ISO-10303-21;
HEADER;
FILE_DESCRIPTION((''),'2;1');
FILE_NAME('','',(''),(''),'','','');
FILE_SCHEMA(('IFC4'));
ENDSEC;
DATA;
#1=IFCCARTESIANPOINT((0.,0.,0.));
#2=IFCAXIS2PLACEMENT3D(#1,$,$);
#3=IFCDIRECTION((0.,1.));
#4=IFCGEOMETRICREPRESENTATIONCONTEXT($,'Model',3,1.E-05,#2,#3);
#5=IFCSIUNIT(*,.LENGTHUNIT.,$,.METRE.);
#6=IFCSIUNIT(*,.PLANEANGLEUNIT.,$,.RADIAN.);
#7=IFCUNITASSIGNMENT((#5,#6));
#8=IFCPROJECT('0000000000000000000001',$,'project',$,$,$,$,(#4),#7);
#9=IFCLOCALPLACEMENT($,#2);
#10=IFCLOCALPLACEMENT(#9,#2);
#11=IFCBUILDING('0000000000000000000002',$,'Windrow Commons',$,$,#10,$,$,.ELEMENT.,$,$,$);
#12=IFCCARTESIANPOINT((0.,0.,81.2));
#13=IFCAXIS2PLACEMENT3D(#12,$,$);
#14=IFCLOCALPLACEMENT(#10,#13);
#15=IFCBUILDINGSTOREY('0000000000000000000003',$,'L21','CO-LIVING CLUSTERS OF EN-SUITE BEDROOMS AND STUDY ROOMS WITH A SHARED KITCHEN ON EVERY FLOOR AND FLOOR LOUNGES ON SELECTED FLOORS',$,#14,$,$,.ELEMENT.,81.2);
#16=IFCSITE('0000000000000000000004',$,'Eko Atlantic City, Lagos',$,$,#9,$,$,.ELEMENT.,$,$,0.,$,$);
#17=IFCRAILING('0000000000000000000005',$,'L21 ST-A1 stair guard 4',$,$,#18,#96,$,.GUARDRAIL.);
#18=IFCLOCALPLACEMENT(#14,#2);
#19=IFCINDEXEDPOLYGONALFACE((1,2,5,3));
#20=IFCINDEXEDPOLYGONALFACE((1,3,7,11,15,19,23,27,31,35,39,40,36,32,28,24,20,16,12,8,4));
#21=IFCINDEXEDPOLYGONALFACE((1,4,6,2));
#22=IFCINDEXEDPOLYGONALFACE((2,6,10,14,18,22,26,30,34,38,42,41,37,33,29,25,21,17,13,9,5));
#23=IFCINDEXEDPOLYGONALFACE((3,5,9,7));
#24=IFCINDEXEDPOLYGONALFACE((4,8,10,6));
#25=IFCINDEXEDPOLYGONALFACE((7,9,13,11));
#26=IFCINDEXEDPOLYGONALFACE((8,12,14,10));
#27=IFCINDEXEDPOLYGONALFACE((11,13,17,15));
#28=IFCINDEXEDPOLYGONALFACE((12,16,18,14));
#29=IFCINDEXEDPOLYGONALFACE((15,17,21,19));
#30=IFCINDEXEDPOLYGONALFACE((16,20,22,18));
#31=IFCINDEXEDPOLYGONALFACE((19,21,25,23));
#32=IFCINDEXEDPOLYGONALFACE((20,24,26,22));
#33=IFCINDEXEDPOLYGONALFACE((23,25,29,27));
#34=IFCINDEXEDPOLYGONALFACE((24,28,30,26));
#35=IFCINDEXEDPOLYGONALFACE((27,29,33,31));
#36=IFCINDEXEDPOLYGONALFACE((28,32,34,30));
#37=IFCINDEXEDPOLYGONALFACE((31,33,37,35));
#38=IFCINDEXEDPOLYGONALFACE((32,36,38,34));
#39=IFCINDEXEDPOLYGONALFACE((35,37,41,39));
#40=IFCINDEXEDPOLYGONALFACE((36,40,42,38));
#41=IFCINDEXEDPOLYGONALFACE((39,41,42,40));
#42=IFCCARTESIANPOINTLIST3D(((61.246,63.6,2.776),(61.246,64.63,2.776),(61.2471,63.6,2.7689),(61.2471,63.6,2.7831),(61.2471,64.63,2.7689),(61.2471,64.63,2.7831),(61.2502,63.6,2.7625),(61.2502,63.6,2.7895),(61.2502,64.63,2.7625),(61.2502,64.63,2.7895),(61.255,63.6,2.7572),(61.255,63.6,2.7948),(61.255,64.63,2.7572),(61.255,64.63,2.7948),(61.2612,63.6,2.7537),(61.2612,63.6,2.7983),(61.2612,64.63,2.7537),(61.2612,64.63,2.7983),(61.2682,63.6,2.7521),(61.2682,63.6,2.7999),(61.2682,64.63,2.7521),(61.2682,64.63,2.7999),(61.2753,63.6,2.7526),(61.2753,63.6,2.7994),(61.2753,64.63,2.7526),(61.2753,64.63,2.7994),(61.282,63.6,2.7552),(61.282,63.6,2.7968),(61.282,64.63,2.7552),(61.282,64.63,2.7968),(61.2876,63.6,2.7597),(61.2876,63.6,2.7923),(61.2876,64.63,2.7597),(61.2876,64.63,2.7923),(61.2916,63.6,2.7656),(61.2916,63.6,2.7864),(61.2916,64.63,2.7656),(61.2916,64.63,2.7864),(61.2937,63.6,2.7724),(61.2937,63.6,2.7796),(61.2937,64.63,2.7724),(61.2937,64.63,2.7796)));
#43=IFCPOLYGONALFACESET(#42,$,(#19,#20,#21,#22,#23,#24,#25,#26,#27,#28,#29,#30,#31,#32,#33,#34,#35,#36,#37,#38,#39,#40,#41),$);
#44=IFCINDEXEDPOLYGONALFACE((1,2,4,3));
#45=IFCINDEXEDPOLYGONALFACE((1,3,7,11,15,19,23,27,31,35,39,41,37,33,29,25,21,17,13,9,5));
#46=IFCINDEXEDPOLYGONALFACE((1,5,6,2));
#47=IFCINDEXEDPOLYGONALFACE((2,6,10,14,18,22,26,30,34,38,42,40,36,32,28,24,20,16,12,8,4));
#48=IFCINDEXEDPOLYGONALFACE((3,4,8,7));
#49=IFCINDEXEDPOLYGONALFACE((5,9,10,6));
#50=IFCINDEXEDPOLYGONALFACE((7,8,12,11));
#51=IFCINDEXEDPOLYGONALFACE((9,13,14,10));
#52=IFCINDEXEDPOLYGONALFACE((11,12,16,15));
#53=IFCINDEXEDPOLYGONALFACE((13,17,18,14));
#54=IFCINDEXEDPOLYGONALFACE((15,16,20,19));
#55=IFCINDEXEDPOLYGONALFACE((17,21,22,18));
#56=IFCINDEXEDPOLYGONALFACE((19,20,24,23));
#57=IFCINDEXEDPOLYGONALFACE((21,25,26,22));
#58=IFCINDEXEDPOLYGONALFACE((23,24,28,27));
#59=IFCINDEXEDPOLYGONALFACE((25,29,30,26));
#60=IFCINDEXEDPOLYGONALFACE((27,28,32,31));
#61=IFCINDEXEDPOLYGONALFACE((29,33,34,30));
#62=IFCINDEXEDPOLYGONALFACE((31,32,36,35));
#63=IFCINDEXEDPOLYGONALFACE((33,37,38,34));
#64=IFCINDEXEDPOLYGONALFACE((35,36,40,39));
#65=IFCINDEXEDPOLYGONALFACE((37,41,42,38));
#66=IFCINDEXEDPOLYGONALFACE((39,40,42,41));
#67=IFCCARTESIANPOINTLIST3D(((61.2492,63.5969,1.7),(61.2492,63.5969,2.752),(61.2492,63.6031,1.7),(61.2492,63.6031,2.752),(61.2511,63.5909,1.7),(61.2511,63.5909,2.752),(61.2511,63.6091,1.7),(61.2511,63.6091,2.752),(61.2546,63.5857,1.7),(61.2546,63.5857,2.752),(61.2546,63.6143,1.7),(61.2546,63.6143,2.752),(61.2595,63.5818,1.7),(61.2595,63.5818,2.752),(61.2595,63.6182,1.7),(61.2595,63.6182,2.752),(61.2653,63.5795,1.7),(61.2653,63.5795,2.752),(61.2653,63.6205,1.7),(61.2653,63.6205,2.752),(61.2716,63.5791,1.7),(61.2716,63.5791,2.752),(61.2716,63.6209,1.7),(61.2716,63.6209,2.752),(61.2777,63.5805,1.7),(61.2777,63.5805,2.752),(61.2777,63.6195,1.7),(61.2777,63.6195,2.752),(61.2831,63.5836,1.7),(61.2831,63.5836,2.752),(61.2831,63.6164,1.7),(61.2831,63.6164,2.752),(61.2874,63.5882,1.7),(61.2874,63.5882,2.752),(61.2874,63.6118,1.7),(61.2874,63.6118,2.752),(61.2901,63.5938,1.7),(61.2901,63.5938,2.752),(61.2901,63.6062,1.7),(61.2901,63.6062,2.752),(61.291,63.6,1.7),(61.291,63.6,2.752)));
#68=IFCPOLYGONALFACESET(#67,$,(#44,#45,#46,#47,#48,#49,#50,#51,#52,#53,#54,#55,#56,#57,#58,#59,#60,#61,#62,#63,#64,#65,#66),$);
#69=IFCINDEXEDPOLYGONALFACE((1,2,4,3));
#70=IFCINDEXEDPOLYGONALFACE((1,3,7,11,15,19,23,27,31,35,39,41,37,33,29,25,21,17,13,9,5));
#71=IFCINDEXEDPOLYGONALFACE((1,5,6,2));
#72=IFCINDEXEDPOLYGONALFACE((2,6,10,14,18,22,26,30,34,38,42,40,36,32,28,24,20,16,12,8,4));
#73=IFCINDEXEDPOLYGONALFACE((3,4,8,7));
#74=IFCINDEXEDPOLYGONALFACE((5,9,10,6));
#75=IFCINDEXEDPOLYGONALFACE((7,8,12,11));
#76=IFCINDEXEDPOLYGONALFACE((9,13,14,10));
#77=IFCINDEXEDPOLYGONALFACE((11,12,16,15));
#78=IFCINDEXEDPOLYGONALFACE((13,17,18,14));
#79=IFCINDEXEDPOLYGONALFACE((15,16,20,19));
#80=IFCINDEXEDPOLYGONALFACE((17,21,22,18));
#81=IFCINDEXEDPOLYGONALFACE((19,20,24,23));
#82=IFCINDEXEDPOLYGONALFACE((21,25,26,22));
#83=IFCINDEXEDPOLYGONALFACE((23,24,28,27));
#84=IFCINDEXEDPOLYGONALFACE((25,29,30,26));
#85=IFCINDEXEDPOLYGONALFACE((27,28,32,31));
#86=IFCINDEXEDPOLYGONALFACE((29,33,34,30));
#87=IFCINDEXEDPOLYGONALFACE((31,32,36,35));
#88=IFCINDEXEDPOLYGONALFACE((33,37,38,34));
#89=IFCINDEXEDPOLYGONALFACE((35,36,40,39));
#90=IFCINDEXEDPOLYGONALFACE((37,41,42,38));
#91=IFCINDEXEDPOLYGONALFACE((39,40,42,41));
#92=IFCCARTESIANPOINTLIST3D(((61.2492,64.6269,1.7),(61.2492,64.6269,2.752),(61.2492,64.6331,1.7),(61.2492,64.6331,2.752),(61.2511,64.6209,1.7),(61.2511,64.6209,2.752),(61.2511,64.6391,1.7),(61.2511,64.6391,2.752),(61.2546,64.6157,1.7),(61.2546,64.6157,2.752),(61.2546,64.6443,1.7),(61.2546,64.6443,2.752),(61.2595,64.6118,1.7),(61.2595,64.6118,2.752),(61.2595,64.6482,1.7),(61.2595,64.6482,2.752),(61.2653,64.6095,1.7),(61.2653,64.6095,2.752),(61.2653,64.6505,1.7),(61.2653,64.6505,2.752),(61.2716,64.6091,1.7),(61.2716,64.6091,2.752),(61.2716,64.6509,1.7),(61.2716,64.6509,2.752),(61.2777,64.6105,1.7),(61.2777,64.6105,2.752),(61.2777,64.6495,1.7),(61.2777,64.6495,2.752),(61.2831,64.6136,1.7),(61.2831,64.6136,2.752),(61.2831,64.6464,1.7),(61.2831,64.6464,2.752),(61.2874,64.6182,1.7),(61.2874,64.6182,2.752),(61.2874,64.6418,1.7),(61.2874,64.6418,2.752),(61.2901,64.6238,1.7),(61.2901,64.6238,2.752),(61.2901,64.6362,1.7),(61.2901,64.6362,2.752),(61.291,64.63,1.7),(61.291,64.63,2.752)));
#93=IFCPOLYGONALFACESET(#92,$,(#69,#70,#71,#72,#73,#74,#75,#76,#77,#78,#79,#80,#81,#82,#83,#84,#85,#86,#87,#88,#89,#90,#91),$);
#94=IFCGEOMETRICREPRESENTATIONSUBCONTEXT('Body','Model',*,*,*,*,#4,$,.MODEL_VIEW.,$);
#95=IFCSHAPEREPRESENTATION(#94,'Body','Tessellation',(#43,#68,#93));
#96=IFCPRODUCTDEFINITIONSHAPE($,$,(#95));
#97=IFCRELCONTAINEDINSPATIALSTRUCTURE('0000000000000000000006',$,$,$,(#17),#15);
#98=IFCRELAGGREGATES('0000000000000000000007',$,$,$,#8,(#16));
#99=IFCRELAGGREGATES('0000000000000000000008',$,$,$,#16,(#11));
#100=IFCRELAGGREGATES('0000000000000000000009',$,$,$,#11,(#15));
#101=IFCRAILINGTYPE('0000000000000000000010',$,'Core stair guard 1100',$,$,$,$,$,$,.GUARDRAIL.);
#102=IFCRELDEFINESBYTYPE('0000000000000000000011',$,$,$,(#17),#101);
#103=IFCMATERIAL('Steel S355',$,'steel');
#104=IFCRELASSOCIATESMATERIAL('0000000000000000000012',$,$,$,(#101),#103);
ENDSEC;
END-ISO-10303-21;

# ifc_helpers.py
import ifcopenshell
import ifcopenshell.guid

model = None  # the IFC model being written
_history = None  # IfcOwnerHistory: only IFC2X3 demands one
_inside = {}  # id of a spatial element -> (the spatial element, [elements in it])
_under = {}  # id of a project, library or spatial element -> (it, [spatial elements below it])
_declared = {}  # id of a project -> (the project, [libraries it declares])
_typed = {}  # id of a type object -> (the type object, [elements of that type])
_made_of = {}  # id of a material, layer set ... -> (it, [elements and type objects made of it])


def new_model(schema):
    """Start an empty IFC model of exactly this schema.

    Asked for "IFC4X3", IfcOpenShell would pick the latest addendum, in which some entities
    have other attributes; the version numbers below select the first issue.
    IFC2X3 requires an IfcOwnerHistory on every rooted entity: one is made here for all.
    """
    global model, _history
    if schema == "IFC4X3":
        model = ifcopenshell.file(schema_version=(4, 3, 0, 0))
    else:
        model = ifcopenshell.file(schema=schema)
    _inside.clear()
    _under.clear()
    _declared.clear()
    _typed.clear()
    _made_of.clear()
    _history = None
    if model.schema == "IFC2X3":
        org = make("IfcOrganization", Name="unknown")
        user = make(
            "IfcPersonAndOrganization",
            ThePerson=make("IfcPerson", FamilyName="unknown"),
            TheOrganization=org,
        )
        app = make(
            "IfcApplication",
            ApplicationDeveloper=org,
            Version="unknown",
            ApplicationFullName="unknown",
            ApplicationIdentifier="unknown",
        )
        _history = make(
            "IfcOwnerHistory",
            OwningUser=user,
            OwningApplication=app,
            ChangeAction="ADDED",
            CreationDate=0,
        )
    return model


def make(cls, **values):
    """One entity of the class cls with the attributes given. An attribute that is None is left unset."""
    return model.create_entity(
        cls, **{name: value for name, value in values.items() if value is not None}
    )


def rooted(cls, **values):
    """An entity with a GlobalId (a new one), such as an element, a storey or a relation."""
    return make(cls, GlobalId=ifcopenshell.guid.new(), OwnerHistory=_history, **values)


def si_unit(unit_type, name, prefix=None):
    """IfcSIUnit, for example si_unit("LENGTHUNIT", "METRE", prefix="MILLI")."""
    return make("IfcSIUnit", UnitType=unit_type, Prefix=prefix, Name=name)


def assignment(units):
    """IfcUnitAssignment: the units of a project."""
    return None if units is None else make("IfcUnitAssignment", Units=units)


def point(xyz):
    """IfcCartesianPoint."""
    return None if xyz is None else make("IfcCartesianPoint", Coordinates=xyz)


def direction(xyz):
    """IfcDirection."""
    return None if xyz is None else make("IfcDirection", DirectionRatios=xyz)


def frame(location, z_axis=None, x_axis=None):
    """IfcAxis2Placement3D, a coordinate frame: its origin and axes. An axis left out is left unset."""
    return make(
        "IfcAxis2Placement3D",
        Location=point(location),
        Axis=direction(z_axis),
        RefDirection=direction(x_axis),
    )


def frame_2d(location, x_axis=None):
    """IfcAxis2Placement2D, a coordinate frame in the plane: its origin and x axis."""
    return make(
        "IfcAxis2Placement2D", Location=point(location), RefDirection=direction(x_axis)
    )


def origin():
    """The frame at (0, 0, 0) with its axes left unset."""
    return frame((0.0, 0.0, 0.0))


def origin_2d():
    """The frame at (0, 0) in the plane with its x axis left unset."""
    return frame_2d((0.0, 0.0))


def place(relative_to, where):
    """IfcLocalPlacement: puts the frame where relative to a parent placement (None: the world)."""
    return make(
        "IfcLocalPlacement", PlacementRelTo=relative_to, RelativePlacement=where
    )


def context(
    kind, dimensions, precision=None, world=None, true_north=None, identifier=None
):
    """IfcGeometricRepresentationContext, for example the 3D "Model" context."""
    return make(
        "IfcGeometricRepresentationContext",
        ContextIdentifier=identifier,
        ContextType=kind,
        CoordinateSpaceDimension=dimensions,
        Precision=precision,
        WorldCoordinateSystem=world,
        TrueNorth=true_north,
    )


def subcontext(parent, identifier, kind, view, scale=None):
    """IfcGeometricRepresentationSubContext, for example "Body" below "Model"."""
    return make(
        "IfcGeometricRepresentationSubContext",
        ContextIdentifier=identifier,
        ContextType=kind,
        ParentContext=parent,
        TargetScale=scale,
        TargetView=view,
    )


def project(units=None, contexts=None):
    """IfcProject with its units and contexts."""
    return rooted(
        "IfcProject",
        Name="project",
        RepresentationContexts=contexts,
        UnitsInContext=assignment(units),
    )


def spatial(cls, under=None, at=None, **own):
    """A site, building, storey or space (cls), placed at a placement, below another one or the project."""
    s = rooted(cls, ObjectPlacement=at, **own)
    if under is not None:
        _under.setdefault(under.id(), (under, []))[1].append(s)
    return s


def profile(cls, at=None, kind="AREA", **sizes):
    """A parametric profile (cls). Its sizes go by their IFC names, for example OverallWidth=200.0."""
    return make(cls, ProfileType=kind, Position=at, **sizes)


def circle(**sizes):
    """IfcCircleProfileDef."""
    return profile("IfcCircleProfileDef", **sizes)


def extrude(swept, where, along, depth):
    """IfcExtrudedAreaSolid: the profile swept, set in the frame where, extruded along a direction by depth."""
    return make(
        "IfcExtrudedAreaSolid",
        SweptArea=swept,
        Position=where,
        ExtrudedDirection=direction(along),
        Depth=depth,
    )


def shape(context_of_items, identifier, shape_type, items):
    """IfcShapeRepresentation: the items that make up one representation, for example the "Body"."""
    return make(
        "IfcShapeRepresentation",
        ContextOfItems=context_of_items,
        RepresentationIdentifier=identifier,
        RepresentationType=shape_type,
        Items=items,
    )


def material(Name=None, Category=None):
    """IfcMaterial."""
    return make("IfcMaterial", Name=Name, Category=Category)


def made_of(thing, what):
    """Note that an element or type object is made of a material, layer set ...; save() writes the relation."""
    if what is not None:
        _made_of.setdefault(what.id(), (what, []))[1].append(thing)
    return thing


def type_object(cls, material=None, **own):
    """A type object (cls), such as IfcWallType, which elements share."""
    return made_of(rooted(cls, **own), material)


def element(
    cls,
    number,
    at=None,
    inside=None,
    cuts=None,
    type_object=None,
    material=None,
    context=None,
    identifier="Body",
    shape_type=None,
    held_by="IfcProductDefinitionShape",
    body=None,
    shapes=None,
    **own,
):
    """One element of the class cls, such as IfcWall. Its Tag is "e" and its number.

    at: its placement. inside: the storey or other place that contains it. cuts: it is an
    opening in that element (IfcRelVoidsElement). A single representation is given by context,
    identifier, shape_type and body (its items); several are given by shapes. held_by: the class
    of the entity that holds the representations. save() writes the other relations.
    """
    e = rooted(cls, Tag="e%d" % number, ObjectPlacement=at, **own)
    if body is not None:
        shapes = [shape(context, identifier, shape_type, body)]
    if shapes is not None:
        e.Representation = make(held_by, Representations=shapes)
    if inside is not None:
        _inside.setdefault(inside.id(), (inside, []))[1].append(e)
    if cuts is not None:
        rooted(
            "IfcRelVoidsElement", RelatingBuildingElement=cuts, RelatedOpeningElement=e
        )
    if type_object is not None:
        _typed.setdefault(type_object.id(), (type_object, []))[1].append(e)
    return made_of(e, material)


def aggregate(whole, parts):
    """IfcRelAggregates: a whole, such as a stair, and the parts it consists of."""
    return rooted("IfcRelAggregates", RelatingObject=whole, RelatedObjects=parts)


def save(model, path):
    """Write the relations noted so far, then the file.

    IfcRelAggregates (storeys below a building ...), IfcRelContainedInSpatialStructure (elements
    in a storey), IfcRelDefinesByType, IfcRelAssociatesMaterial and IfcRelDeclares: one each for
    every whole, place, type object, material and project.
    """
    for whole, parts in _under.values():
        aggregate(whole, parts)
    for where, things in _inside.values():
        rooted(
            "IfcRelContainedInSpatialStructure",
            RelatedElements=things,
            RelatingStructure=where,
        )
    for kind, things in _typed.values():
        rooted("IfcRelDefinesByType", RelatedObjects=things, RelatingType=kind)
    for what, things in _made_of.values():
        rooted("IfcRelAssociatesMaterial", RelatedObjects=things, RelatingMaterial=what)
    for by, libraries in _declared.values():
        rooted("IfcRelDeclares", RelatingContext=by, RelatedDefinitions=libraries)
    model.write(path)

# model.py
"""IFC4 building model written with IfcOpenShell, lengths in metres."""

from ifc_helpers import new_model, si_unit, direction, frame, origin, origin_2d, place, context, subcontext, project, spatial, circle, extrude, material, type_object, element, save


model = new_model("IFC4")

# Units and contexts
model_context = context("Model", 3, precision=1e-05, world=origin(), true_north=direction((0.0, 1.0)))
body_context = subcontext(model_context, "Body", "Model", "MODEL_VIEW")
ifc_project = project(units=[si_unit("LENGTHUNIT", "METRE"), si_unit("PLANEANGLEUNIT", "RADIAN")], contexts=[model_context])

# Site, building, storey
site_placement = place(None, origin())
site = spatial("IfcSite", under=ifc_project, at=site_placement, Name="Eko Atlantic City, Lagos", CompositionType="ELEMENT", RefElevation=0.0)
building_placement = place(site_placement, origin())
building = spatial("IfcBuilding", under=site, at=building_placement, Name="Windrow Commons", CompositionType="ELEMENT")
storey_placement = place(building_placement, frame((0.0, 0.0, 81.2)))
storey = spatial("IfcBuildingStorey", under=building, at=storey_placement, Name="L21", Description="CO-LIVING CLUSTERS OF EN-SUITE BEDROOMS AND STUDY ROOMS WITH A SHARED KITCHEN ON EVERY FLOOR AND FLOOR LOUNGES ON SELECTED FLOORS", CompositionType="ELEMENT", Elevation=81.2)

# Railing
ifc_material_1 = material(Name="Steel S355", Category="steel")
railing_type_1 = type_object("IfcRailingType", Name="Core stair guard 1100", PredefinedType="GUARDRAIL", material=ifc_material_1)
railing_1_placement = place(storey_placement, frame((61.27, 63.6, 1.7)))
element("IfcRailing", 1, at=railing_1_placement, inside=storey, type_object=railing_type_1, Name="L21 ST-A1 stair guard 4", PredefinedType="GUARDRAIL", context=body_context, shape_type="SweptSolid", body=[
    extrude(circle(Radius=0.024, at=origin_2d()), frame((0.0, 0.0, 1.076), z_axis=(0.0, 1.0, 0.0), x_axis=(-1.0, 0.0, 0.0)), (0.0, 0.0, 1.0), 1.03),
    extrude(circle(Radius=0.021, at=origin_2d()), origin(), (0.0, 0.0, 1.0), 1.052),
    extrude(circle(Radius=0.021, at=origin_2d()), frame((0.0, 1.03, 0.0)), (0.0, 0.0, 1.0), 1.052),
])

save(model, "model.ifc")
